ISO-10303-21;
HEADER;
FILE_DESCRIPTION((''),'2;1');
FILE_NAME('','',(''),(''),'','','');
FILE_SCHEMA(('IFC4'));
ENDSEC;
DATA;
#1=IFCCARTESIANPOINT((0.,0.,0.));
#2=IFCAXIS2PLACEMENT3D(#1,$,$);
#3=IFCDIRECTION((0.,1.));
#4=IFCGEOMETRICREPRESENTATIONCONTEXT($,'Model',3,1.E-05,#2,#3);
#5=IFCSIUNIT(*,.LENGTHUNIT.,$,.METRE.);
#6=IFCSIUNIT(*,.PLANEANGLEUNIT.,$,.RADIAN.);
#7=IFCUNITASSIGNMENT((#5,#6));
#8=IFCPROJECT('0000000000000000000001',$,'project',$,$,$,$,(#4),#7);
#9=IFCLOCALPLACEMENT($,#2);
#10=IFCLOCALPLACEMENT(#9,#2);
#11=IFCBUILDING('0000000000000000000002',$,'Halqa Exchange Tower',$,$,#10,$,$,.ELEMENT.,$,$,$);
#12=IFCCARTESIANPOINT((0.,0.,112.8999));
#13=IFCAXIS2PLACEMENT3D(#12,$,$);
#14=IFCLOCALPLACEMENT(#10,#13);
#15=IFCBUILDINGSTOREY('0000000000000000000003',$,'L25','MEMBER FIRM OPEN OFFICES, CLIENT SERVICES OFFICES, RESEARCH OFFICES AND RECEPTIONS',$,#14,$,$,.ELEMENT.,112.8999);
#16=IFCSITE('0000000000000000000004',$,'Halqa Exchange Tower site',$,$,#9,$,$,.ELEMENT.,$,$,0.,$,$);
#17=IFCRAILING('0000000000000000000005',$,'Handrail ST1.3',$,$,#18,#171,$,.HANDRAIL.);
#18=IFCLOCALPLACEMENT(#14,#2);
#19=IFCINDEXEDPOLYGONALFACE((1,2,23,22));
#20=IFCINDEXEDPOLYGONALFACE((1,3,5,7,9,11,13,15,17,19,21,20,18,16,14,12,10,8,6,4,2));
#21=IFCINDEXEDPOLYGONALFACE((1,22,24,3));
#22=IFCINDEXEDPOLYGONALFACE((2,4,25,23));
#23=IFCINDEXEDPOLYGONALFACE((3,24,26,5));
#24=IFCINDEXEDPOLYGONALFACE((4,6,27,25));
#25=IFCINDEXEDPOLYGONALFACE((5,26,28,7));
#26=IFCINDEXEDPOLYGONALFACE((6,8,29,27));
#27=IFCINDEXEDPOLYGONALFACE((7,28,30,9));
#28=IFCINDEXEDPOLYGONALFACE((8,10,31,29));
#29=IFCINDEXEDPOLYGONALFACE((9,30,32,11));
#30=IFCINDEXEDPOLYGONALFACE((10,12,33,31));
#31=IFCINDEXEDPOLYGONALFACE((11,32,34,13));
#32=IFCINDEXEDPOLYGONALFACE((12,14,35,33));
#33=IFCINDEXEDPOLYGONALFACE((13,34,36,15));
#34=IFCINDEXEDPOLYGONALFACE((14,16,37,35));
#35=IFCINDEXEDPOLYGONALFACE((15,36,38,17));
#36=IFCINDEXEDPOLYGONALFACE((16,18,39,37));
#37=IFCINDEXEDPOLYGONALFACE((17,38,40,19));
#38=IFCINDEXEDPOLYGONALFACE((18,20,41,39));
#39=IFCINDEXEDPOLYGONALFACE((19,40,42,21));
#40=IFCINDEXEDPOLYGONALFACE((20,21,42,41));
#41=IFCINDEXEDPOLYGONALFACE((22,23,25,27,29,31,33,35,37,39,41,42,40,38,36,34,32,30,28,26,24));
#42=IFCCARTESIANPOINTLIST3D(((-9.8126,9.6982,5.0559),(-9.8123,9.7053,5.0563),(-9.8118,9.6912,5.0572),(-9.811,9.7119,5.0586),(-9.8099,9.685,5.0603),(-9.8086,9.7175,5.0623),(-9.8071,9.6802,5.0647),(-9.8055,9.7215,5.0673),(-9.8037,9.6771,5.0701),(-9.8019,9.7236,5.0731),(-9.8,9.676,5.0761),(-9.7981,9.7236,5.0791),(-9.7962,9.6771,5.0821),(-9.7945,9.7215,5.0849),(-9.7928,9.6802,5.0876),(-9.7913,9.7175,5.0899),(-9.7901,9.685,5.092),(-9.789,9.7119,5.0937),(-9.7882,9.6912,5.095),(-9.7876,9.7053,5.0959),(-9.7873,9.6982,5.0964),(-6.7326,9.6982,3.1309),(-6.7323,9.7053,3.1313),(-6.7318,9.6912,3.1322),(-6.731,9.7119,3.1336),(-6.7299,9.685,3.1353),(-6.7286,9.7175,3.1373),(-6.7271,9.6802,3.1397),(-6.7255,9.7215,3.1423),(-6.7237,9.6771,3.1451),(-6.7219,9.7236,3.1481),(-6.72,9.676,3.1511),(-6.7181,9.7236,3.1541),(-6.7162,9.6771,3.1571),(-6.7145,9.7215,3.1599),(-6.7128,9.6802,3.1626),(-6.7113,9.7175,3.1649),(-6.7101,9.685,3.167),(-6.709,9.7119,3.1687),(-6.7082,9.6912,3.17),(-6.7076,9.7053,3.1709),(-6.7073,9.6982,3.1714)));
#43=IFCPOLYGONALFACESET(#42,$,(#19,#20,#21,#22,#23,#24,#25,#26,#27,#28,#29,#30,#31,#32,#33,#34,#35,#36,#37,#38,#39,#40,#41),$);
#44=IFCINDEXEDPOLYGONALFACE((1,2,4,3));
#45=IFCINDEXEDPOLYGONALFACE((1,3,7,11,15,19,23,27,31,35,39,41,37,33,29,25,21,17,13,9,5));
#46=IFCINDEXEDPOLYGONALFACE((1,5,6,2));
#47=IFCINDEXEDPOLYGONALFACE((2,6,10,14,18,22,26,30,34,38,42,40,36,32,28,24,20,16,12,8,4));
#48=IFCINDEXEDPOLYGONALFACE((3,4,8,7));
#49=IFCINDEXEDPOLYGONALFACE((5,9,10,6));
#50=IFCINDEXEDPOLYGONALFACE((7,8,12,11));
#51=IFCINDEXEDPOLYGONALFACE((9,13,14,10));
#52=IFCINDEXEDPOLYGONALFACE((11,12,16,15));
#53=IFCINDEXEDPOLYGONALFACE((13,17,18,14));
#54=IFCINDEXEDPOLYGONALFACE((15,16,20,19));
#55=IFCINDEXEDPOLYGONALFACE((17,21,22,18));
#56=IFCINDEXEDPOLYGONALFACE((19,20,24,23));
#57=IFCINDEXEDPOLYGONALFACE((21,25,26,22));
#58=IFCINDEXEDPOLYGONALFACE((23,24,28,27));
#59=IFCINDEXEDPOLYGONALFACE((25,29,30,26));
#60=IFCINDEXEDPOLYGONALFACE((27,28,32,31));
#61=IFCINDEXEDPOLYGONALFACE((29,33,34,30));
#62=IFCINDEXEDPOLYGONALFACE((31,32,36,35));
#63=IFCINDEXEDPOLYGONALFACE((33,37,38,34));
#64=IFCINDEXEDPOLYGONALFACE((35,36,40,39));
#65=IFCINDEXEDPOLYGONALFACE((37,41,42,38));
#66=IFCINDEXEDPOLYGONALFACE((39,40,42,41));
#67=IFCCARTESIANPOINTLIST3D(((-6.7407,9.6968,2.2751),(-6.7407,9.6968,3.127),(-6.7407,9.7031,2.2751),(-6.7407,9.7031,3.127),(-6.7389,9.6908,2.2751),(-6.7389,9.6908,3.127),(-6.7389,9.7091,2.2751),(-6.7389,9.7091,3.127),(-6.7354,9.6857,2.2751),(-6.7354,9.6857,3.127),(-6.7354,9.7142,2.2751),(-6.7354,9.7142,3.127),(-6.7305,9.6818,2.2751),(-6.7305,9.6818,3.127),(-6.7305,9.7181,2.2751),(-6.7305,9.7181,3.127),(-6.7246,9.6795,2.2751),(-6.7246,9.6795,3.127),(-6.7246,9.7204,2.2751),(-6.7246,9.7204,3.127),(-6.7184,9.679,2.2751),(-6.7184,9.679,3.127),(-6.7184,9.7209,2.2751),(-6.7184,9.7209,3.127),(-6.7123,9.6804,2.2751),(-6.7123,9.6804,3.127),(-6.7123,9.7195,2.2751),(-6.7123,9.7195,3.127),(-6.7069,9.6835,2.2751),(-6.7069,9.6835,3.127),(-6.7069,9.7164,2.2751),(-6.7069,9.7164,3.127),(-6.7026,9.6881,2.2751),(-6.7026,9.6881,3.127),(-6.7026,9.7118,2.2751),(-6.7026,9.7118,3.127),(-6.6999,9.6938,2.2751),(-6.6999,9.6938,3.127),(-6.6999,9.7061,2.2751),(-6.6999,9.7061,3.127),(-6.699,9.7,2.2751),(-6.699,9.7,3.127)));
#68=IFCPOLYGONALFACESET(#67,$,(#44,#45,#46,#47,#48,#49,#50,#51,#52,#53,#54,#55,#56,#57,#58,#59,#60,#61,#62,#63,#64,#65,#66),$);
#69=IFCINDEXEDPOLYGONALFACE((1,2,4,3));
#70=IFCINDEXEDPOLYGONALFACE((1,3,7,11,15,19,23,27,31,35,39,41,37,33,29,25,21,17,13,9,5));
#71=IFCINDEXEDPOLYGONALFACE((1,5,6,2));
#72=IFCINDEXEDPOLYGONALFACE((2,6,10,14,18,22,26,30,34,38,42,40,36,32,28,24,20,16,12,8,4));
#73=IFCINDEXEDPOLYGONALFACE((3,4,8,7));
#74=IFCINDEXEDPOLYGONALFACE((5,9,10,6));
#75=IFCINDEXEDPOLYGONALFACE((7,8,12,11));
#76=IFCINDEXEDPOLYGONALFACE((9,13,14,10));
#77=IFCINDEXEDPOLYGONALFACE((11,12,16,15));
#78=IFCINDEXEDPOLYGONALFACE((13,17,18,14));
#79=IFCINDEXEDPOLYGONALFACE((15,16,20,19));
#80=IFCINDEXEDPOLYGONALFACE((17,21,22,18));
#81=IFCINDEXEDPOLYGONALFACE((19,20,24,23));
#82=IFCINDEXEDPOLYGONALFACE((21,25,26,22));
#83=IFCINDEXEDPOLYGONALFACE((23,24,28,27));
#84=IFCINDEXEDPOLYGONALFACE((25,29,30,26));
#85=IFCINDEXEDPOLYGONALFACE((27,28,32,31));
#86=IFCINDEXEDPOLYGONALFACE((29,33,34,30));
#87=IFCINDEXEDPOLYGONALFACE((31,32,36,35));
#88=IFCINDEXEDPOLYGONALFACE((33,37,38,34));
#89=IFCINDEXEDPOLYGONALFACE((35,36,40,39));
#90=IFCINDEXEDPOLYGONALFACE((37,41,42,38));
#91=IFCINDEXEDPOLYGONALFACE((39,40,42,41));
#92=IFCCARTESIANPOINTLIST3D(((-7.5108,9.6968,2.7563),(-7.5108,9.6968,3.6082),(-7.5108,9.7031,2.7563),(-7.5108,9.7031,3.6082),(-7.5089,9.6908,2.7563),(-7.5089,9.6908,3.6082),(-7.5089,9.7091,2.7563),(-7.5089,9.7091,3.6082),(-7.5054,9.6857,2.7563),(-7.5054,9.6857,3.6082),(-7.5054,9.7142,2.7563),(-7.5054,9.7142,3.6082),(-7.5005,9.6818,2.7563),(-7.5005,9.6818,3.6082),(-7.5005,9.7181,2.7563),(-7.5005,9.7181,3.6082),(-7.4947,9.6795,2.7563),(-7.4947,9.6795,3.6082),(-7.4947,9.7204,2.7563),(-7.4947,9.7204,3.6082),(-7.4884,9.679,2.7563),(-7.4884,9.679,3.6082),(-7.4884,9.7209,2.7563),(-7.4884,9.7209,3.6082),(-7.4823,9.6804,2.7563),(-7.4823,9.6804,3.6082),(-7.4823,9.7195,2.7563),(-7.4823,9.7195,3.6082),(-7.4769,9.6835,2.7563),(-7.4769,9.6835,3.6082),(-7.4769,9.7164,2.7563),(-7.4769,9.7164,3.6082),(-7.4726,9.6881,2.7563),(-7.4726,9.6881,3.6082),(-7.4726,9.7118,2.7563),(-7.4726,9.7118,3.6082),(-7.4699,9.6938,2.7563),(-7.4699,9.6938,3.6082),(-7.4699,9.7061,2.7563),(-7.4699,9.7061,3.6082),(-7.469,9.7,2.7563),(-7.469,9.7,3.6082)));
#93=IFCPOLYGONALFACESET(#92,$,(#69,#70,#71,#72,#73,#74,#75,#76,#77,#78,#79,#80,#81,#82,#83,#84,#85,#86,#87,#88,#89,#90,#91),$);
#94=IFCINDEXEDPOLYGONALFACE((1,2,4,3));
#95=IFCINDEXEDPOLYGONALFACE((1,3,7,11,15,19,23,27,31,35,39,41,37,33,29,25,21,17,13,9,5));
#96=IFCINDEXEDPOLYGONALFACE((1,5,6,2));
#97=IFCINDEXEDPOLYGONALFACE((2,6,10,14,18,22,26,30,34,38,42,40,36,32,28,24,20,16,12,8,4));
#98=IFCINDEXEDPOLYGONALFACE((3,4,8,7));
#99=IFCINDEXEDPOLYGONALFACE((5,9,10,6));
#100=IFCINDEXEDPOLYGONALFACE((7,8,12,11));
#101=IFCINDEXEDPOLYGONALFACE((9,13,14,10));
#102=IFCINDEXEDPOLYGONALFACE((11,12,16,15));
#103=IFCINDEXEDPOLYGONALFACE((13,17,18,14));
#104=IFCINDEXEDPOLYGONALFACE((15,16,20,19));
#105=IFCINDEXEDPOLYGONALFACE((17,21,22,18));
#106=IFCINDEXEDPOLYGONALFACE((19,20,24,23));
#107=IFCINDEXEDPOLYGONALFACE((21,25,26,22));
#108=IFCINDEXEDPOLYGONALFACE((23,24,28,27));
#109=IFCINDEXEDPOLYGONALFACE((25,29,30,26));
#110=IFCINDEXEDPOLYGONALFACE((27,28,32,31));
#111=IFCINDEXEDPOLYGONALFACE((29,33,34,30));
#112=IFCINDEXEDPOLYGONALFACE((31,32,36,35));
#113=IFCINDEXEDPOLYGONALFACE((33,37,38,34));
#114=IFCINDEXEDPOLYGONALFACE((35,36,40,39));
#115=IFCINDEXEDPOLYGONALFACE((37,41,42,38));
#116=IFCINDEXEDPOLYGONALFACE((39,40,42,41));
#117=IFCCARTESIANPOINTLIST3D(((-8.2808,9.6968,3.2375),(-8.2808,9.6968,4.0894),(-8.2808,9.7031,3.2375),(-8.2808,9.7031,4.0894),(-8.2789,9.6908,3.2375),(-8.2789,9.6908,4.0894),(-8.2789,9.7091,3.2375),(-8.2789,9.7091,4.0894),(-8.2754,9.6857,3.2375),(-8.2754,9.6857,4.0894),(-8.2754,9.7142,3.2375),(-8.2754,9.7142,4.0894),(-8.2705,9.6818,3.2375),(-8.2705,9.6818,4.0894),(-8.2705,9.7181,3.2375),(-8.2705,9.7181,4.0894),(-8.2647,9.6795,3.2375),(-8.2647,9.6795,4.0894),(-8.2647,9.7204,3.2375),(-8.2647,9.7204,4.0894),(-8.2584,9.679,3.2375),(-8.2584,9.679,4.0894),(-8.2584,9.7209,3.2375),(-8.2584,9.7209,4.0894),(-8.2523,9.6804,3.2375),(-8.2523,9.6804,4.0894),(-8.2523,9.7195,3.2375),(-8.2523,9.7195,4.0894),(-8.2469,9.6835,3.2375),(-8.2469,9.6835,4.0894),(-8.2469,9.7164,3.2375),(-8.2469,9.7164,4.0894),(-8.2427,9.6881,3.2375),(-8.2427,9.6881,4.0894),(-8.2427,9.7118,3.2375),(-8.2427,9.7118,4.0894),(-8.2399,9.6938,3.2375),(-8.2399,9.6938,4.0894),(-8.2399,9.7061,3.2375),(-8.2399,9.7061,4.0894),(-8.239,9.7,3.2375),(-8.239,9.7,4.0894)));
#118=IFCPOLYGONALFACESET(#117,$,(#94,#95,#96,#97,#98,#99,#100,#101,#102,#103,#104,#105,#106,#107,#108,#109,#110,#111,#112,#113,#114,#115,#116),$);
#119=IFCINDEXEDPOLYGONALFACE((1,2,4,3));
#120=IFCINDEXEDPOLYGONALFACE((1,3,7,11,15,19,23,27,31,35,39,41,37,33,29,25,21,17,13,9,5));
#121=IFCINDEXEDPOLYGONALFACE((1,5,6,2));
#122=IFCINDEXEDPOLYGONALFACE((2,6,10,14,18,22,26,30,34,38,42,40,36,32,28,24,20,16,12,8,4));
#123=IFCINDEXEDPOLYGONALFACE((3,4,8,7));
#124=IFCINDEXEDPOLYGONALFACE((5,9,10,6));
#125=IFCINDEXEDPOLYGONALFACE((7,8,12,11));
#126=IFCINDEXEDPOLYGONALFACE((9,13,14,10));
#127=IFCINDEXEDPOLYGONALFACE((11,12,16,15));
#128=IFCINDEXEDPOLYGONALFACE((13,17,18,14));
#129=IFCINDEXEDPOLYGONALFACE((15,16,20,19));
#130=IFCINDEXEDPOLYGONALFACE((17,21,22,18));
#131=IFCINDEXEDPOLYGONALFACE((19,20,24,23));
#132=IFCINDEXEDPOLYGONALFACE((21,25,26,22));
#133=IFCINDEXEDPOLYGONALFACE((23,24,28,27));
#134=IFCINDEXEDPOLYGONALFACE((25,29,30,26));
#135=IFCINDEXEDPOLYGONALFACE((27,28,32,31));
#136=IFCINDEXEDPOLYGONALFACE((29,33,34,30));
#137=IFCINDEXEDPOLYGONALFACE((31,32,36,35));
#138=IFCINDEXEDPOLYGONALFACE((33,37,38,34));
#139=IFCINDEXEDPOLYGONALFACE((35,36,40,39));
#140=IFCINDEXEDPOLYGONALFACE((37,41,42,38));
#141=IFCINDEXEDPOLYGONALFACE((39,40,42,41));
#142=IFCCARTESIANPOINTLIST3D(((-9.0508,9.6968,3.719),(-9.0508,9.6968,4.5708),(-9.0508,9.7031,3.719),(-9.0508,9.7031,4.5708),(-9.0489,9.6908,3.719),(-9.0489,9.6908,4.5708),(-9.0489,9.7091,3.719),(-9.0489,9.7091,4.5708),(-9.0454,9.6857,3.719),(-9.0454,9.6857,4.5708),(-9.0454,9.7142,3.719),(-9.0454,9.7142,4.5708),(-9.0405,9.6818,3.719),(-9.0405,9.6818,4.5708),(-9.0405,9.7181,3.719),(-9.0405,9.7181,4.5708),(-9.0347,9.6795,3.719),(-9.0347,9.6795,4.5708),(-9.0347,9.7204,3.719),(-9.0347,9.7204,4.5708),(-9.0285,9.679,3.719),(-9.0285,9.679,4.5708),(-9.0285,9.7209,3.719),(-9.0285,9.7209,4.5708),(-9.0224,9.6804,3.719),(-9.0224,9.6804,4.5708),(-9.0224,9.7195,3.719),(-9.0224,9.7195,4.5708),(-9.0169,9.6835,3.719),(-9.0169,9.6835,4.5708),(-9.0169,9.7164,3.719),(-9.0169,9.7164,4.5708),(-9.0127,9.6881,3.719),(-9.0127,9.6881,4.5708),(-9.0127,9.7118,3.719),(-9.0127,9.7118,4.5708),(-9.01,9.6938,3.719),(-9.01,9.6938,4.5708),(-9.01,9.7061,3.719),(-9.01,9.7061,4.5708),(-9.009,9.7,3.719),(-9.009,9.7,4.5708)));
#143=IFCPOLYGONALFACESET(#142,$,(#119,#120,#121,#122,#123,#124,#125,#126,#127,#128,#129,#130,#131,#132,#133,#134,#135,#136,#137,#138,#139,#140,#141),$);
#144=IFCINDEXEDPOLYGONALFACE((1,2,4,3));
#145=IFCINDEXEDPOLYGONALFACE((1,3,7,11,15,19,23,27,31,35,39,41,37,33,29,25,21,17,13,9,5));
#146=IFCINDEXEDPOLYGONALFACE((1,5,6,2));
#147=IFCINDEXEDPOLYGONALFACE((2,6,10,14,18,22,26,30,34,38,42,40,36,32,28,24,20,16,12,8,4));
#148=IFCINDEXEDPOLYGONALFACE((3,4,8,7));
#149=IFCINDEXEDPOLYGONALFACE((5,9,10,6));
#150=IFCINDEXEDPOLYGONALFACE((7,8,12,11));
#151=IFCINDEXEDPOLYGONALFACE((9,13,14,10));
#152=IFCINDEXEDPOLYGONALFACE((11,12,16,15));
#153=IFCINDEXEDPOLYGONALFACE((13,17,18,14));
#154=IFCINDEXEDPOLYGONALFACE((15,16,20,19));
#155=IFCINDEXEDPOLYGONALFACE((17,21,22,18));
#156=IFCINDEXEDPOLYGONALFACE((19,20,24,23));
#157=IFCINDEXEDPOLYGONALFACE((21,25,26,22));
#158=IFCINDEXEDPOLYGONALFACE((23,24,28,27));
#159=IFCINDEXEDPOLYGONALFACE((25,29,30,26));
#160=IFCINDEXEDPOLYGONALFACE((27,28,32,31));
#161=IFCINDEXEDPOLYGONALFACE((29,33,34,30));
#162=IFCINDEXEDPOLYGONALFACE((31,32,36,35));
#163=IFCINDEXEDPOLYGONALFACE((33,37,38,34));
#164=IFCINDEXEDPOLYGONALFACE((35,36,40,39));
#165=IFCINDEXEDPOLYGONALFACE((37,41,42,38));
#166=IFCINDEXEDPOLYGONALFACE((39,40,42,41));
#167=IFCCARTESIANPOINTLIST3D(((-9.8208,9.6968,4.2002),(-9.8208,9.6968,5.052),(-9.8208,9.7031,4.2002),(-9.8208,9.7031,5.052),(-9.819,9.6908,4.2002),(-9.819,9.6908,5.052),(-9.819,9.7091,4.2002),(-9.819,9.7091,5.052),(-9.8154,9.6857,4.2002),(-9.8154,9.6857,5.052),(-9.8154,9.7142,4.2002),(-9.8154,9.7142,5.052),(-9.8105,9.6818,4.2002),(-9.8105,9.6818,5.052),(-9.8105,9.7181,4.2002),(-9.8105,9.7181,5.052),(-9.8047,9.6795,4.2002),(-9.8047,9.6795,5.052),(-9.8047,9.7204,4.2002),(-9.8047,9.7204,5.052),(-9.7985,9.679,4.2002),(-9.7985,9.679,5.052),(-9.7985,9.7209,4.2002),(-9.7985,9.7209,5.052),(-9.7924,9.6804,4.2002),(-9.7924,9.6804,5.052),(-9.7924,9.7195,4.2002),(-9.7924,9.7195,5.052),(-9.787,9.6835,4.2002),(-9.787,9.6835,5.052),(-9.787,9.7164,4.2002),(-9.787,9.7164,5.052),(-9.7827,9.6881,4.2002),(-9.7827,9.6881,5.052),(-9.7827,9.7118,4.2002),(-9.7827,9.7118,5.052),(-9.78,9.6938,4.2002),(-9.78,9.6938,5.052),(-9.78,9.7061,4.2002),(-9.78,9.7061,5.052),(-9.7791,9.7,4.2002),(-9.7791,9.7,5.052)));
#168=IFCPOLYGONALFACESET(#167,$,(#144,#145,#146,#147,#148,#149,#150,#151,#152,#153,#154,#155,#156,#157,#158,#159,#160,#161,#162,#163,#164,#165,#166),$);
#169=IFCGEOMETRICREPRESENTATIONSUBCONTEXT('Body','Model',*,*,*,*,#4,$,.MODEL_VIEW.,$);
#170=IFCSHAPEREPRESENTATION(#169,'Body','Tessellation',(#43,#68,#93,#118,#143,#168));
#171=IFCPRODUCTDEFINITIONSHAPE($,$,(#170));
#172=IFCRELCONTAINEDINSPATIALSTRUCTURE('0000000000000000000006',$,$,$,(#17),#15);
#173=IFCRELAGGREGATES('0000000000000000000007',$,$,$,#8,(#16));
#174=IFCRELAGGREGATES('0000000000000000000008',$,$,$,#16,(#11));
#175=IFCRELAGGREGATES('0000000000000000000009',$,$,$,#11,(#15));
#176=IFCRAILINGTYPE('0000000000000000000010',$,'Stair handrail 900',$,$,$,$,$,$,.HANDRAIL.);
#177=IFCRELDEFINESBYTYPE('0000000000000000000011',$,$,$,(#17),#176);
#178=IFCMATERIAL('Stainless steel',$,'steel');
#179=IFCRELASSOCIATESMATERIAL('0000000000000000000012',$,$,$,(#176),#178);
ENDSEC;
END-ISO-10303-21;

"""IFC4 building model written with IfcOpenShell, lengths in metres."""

from ifc_helpers import new_model, si_unit, direction, frame, origin, origin_2d, place, context, subcontext, project, spatial, circle, extrude, material, type_object, element, save


model = new_model("IFC4")

# Units and contexts
model_context = context("Model", 3, precision=1e-05, world=origin(), true_north=direction((0.0, 1.0)))
body_context = subcontext(model_context, "Body", "Model", "MODEL_VIEW")
ifc_project = project(units=[si_unit("LENGTHUNIT", "METRE"), si_unit("PLANEANGLEUNIT", "RADIAN")], contexts=[model_context])

# Site, building, storey
site_placement = place(None, origin())
site = spatial("IfcSite", under=ifc_project, at=site_placement, Name="Halqa Exchange Tower site", CompositionType="ELEMENT", RefElevation=0.0)
building_placement = place(site_placement, origin())
building = spatial("IfcBuilding", under=site, at=building_placement, Name="Halqa Exchange Tower", CompositionType="ELEMENT")
storey_placement = place(building_placement, frame((0.0, 0.0, 112.8999)))
storey = spatial("IfcBuildingStorey", under=building, at=storey_placement, Name="L25", Description="MEMBER FIRM OPEN OFFICES, CLIENT SERVICES OFFICES, RESEARCH OFFICES AND RECEPTIONS", CompositionType="ELEMENT", Elevation=112.8999)

# Railing
ifc_material_1 = material(Name="Stainless steel", Category="steel")
railing_type_1 = type_object("IfcRailingType", Name="Stair handrail 900", PredefinedType="HANDRAIL", material=ifc_material_1)
railing_1_placement = place(storey_placement, frame((-6.72, 9.7, 2.2751)))
element("IfcRailing", 1, at=railing_1_placement, inside=storey, type_object=railing_type_1, Name="Handrail ST1.3", PredefinedType="HANDRAIL", context=body_context, shape_type="SweptSolid", body=[
    extrude(circle(Radius=0.0239, at=origin_2d()), frame((0.0, 0.0, 0.876), z_axis=(-0.847998, 0.0, 0.529999), x_axis=(0.0, -1.0, 0.0)), (0.0, 0.0, 1.0), 3.6321),
    extrude(circle(Radius=0.021, at=origin_2d()), origin(), (0.0, 0.0, 1.0), 0.8518),
    extrude(circle(Radius=0.021, at=origin_2d()), frame((-0.77, 0.0, 0.4812)), (0.0, 0.0, 1.0), 0.8518),
    extrude(circle(Radius=0.021, at=origin_2d()), frame((-1.54, 0.0, 0.9624)), (0.0, 0.0, 1.0), 0.8518),
    extrude(circle(Radius=0.021, at=origin_2d()), frame((-2.3101, 0.0, 1.4438)), (0.0, 0.0, 1.0), 0.8518),
    extrude(circle(Radius=0.021, at=origin_2d()), frame((-3.0801, 0.0, 1.925)), (0.0, 0.0, 1.0), 0.8518),
])

save(model, "model.ifc")
